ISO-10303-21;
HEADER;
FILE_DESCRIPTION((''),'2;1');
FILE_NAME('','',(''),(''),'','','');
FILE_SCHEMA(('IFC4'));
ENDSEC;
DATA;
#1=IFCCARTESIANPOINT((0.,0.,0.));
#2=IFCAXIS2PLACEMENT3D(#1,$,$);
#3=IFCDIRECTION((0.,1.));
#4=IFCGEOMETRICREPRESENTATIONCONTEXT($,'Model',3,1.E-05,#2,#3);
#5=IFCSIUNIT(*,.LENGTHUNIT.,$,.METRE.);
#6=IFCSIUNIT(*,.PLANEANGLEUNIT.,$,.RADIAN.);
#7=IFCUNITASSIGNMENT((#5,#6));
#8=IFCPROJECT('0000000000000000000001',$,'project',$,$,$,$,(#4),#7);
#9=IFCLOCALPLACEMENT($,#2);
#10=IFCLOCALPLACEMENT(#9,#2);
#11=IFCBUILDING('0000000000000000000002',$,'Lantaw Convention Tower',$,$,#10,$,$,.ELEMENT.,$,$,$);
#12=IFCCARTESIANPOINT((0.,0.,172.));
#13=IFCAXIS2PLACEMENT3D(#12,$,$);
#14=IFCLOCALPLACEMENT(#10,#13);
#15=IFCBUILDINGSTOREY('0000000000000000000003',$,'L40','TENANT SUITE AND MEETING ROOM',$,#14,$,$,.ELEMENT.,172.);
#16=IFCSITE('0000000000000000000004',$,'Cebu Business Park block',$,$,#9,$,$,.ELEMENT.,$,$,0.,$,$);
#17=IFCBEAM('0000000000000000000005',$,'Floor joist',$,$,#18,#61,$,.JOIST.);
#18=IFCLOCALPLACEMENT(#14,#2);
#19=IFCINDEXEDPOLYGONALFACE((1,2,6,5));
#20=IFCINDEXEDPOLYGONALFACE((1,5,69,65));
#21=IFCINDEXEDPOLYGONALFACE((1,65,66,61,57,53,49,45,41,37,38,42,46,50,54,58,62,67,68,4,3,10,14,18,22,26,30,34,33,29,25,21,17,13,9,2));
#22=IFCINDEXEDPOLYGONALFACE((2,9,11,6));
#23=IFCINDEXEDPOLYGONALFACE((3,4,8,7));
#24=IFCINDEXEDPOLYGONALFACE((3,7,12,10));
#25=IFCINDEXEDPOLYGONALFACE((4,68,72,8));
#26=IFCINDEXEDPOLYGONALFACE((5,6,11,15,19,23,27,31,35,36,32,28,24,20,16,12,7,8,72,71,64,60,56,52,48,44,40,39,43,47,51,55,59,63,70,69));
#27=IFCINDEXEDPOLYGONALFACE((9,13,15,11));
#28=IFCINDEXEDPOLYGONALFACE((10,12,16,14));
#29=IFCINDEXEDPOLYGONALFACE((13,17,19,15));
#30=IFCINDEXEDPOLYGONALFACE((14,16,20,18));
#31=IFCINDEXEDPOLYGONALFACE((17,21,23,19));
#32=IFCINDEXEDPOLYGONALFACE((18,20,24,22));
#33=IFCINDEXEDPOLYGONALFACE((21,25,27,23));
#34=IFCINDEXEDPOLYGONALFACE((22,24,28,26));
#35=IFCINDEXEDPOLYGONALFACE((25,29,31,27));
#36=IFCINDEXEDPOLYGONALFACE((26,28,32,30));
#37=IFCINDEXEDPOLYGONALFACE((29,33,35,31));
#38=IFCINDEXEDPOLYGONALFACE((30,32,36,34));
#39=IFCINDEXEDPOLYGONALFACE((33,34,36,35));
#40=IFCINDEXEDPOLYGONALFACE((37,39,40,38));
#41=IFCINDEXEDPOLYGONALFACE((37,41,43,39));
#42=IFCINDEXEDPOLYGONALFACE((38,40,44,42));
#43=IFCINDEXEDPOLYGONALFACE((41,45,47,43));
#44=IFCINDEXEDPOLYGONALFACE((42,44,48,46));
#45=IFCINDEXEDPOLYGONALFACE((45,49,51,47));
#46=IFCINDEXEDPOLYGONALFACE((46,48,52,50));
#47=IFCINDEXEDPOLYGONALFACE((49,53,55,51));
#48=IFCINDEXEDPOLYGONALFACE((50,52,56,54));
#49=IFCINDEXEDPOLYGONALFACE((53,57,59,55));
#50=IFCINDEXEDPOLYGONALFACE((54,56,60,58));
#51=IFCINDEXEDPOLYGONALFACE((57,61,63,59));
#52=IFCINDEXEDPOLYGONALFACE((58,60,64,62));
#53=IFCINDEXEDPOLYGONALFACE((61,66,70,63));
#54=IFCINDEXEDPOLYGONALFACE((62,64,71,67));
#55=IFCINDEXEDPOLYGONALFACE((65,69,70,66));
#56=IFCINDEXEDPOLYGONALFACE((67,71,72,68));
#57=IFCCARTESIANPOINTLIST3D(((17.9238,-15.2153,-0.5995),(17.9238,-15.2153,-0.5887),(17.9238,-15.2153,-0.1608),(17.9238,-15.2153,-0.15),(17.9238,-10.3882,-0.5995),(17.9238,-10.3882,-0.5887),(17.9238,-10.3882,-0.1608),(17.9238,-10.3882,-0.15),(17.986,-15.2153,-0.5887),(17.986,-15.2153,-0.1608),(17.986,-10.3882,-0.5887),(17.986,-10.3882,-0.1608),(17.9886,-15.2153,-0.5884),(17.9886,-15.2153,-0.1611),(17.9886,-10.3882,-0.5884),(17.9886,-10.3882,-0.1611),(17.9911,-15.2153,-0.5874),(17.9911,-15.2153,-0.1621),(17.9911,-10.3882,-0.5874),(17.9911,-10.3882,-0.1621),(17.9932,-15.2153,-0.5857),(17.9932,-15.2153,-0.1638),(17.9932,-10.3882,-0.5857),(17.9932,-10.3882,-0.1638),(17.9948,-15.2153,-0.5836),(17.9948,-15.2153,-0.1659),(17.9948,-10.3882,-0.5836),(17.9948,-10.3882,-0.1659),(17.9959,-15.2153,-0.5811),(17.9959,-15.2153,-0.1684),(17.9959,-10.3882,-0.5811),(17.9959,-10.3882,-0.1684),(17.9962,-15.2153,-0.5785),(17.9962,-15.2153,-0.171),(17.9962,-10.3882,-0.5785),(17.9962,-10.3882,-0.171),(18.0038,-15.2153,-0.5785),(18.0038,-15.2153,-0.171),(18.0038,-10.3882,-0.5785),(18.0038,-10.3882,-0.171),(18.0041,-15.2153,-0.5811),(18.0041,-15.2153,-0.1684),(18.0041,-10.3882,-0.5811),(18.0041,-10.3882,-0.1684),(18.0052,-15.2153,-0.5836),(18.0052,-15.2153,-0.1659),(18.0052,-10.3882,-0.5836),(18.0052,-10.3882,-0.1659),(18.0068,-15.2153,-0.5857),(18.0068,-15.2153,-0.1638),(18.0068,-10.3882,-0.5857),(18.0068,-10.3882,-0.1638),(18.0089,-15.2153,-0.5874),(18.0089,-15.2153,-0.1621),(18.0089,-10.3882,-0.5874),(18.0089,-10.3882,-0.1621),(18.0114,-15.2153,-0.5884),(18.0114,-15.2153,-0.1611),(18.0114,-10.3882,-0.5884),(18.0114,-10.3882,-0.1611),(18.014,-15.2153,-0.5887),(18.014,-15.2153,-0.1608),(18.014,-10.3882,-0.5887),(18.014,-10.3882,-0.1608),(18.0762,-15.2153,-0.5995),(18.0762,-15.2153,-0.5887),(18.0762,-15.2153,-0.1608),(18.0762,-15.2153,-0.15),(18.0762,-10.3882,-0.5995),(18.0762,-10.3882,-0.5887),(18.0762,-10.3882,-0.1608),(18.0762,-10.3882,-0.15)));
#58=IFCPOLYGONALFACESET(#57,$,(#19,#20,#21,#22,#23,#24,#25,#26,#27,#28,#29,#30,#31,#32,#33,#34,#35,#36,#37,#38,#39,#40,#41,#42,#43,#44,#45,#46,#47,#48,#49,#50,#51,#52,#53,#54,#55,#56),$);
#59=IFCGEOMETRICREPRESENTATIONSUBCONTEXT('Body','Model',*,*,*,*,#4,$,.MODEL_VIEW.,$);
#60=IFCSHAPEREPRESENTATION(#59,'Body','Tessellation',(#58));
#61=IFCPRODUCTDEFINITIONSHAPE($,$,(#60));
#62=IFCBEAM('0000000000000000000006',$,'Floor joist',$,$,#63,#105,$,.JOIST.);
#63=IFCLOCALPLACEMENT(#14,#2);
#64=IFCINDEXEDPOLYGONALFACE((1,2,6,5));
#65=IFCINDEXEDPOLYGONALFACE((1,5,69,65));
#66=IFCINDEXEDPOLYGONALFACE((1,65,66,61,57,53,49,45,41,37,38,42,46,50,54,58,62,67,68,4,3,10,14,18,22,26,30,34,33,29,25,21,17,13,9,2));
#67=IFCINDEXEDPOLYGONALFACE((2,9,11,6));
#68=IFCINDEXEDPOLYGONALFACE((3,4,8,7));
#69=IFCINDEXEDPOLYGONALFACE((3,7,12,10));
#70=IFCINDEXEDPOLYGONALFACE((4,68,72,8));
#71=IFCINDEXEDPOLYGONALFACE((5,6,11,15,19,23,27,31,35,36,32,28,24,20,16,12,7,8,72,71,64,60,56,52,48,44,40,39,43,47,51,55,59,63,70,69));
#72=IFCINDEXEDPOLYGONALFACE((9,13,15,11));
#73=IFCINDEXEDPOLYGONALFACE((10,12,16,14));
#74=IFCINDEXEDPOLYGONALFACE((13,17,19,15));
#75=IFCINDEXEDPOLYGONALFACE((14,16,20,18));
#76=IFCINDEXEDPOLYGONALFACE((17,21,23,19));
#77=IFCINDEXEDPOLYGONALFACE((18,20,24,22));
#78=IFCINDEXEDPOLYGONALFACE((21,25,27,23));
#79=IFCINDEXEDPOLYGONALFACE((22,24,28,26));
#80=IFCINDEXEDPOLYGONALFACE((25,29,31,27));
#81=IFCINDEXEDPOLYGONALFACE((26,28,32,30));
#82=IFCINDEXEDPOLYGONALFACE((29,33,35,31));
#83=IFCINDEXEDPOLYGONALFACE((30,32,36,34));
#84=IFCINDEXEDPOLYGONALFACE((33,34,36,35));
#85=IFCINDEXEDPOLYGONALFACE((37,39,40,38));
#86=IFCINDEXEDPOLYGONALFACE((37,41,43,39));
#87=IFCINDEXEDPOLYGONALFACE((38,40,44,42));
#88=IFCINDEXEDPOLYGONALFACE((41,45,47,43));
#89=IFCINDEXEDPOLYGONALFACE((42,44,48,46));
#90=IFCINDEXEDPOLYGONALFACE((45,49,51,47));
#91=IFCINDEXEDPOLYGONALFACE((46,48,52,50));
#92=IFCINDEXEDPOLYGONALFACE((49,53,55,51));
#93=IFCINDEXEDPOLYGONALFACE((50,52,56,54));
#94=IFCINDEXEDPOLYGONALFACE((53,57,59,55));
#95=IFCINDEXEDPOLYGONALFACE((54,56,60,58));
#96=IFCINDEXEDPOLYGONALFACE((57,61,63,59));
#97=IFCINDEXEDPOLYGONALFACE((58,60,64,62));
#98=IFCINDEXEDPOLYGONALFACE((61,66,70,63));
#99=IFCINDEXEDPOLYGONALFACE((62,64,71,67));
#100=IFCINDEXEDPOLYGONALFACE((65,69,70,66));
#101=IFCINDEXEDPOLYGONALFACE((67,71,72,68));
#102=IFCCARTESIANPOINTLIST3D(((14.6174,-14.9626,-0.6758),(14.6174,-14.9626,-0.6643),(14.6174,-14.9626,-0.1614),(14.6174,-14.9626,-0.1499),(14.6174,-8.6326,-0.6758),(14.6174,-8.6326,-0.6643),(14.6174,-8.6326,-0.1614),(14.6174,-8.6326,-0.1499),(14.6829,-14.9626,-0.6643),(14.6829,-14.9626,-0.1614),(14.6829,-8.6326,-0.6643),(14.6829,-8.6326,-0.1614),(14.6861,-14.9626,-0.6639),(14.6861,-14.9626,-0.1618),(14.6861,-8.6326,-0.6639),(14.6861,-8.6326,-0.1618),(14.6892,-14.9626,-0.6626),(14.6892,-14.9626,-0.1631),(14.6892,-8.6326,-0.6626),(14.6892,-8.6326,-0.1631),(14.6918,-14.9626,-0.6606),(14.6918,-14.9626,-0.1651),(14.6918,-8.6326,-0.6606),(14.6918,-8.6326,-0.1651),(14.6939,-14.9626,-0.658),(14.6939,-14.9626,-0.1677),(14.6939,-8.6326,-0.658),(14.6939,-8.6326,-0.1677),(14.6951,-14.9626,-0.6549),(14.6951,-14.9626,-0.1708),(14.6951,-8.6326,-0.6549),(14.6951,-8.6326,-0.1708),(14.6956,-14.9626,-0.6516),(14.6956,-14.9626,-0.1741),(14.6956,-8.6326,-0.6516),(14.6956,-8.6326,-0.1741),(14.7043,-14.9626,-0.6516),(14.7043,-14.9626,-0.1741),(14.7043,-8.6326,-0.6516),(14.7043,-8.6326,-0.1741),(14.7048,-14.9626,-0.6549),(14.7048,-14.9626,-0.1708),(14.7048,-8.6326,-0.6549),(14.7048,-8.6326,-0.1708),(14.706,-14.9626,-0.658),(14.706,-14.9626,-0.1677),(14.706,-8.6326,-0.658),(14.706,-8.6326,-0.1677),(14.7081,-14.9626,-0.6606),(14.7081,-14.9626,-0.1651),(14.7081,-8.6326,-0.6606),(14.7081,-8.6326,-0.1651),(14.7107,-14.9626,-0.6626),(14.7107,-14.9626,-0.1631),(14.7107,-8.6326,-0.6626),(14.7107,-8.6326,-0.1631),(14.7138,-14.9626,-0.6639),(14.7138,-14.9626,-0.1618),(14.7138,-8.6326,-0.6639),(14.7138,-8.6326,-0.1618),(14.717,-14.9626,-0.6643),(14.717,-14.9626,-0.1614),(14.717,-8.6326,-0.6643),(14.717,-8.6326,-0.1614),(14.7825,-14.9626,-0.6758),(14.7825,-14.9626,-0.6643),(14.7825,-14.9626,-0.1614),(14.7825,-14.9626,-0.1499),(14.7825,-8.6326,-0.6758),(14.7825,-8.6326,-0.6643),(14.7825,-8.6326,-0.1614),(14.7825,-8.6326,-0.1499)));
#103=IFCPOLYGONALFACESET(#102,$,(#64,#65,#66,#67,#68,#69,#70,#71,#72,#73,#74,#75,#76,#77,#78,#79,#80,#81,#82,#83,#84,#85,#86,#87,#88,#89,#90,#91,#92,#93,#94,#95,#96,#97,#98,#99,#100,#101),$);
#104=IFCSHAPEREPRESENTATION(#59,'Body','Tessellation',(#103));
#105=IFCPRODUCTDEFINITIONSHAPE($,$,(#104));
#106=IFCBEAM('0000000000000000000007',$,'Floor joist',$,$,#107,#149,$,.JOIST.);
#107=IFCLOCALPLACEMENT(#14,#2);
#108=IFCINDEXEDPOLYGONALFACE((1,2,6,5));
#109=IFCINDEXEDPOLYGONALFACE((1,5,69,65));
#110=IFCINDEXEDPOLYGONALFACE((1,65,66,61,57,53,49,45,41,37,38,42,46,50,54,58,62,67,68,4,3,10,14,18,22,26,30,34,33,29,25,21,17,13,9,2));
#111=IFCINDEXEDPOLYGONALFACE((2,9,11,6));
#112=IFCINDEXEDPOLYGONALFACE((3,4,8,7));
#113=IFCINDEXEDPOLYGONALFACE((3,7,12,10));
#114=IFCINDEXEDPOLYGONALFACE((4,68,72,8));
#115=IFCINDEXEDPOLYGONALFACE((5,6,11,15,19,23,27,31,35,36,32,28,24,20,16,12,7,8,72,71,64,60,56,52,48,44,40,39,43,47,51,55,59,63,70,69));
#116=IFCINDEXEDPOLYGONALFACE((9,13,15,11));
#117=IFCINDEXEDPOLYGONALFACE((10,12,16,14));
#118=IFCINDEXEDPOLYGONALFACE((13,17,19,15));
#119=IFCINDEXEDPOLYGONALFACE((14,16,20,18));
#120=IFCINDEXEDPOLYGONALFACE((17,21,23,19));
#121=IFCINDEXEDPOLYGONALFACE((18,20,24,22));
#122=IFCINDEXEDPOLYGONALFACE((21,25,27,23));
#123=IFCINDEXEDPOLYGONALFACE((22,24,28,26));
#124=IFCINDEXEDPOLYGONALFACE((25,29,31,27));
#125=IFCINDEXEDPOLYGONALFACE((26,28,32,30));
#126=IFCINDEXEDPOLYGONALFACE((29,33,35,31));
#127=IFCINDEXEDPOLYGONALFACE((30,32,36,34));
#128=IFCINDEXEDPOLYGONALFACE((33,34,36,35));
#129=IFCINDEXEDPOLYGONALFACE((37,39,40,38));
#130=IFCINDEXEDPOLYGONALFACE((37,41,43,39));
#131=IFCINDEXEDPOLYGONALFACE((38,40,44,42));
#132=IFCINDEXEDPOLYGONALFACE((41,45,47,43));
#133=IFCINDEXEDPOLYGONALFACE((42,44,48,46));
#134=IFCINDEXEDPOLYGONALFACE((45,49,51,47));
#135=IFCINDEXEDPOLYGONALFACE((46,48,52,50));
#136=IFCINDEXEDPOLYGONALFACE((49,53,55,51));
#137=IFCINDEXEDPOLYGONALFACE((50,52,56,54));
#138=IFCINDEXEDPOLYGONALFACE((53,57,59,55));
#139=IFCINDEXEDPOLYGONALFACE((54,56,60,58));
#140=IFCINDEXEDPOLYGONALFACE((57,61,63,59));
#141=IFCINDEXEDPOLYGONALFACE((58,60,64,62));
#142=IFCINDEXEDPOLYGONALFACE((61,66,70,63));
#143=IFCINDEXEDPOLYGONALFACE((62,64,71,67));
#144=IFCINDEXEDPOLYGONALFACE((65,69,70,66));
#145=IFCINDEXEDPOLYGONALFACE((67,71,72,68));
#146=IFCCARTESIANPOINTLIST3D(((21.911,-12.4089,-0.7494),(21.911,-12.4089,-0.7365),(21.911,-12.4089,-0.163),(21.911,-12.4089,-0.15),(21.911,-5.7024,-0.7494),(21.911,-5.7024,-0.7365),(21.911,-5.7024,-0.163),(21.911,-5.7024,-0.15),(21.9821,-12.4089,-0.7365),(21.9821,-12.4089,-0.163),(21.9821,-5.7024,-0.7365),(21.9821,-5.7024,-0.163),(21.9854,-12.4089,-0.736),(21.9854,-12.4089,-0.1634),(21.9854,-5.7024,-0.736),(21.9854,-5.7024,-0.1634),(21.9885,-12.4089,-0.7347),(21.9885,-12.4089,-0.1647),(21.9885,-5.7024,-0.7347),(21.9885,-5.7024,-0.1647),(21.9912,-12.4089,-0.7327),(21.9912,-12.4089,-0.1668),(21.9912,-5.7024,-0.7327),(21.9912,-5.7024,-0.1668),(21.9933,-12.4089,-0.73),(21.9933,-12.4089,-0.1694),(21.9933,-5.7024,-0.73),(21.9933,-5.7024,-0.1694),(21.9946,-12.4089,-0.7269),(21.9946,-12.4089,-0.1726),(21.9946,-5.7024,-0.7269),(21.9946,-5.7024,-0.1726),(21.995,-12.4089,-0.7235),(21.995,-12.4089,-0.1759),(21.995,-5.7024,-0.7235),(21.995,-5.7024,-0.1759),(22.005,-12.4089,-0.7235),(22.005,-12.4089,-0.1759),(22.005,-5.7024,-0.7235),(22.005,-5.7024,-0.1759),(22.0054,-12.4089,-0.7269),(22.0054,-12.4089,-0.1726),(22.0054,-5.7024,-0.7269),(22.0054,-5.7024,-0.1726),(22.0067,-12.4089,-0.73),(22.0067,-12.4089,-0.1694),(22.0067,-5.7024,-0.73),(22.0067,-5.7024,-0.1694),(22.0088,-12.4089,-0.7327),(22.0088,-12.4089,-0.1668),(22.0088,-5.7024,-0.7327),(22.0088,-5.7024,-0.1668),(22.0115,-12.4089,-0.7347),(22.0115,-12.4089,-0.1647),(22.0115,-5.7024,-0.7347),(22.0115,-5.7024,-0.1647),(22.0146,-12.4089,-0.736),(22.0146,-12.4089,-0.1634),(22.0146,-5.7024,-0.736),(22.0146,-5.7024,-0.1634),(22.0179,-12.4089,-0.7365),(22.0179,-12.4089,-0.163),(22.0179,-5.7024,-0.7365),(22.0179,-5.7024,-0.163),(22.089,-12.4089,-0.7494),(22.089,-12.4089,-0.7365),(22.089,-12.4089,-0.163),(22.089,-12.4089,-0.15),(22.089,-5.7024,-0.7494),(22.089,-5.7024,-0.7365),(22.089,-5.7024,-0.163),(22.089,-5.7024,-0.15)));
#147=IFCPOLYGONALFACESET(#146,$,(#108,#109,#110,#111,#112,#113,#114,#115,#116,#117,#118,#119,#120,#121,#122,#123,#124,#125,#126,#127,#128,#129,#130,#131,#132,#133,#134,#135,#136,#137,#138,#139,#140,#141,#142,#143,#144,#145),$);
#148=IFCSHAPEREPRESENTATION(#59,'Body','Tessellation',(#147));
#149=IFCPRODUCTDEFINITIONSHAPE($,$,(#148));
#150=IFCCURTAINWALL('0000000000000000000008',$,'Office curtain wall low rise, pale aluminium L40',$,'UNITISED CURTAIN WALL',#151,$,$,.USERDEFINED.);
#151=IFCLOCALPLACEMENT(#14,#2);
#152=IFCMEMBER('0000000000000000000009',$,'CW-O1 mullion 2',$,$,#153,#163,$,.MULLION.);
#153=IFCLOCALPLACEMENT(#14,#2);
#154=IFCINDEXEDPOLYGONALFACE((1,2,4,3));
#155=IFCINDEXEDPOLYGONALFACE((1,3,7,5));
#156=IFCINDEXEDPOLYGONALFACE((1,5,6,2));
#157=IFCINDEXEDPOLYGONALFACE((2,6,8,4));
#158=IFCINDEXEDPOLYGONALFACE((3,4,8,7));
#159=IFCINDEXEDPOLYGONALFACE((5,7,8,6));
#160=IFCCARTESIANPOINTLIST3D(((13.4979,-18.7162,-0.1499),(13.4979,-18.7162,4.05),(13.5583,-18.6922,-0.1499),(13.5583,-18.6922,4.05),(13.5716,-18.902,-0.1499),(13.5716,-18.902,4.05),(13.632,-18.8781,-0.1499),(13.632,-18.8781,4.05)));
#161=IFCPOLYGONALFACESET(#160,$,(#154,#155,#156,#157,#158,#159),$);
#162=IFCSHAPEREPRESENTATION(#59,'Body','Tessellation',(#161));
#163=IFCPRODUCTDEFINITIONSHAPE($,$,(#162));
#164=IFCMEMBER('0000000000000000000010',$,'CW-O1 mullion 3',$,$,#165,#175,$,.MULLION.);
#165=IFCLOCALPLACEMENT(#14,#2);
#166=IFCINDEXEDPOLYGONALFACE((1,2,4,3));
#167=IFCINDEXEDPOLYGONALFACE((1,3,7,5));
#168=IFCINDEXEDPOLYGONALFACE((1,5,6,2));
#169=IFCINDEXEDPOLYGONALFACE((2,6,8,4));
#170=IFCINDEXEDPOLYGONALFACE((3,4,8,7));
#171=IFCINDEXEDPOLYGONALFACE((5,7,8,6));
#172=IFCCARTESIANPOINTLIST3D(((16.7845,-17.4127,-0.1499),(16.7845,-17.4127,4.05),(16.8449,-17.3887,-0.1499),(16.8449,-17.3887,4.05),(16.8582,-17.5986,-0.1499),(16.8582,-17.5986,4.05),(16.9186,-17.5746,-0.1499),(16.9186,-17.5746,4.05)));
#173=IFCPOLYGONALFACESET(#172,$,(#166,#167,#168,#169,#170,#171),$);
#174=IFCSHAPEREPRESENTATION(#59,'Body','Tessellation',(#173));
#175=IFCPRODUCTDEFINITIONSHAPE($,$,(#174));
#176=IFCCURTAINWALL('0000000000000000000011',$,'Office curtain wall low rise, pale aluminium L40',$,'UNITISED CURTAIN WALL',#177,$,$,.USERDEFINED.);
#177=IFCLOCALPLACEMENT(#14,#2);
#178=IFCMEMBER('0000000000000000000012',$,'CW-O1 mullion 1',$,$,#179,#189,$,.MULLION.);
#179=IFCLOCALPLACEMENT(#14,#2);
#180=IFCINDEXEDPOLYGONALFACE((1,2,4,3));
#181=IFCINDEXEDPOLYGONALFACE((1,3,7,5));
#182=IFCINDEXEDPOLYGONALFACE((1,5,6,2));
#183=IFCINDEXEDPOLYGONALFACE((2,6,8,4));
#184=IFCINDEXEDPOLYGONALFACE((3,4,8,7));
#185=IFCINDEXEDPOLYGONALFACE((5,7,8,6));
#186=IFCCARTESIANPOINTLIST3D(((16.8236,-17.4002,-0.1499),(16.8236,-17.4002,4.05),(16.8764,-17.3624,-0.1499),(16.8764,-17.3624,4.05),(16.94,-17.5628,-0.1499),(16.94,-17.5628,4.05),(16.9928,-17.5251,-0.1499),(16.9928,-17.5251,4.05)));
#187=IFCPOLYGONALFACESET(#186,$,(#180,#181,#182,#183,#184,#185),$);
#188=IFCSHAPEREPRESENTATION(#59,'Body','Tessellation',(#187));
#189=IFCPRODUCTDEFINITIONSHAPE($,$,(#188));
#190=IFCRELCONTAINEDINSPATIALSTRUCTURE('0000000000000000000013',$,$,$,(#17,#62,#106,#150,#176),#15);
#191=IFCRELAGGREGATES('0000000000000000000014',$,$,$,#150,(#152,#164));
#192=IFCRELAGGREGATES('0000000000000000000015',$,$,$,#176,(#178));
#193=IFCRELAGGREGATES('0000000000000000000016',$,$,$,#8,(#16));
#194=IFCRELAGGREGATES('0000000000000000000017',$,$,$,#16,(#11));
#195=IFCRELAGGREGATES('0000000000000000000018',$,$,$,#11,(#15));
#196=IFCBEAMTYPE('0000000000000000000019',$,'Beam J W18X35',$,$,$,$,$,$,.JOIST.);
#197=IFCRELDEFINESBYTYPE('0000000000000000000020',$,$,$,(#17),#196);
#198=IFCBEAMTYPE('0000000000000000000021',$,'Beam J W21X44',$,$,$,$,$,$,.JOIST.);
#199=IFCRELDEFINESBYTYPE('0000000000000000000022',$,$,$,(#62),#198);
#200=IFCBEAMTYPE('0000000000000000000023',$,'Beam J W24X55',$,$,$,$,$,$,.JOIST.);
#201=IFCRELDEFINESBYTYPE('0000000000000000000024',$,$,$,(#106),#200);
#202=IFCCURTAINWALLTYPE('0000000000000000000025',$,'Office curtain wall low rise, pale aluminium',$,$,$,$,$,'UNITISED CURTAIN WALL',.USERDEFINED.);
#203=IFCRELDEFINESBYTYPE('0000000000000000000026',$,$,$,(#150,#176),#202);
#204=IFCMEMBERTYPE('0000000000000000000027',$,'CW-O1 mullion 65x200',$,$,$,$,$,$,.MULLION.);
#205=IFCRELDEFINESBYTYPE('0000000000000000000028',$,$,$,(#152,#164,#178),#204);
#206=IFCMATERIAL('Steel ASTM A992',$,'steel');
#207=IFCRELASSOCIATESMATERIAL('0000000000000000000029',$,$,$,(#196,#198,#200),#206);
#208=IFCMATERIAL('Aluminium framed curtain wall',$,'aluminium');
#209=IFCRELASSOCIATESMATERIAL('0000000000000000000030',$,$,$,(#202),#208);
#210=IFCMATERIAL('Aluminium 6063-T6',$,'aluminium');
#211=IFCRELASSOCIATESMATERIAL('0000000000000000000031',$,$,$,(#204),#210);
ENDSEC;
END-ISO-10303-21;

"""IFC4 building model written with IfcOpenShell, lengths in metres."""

from ifc_helpers import new_model, si_unit, direction, frame, origin, origin_2d, place, context, subcontext, project, spatial, rectangle, i_section, extrude, material, material_profile, profile_set, type_object, element, aggregate, save


model = new_model("IFC4")

# Units and contexts
model_context = context("Model", 3, precision=1e-05, world=origin(), true_north=direction((0.0, 1.0)))
body_context = subcontext(model_context, "Body", "Model", "MODEL_VIEW")
ifc_project = project(units=[si_unit("LENGTHUNIT", "METRE"), si_unit("PLANEANGLEUNIT", "RADIAN")], contexts=[model_context])

# Site, building, storey
site_placement = place(None, origin())
site = spatial("IfcSite", under=ifc_project, at=site_placement, Name="Cebu Business Park block", CompositionType="ELEMENT", RefElevation=0.0)
building_placement = place(site_placement, origin())
building = spatial("IfcBuilding", under=site, at=building_placement, Name="Lantaw Convention Tower", CompositionType="ELEMENT")
storey_placement = place(building_placement, frame((0.0, 0.0, 172.0)))
storey = spatial("IfcBuildingStorey", under=building, at=storey_placement, Name="L40", Description="TENANT SUITE AND MEETING ROOM", CompositionType="ELEMENT", Elevation=172.0)

# Beams
ifc_material_1 = material(Name="Steel ASTM A992", Category="steel")
ifc_material_profile_1 = material_profile(ifc_material_1, i_section(OverallWidth=0.1523, OverallDepth=0.4495, WebThickness=0.0076, FlangeThickness=0.0107, FilletRadius=0.0103, at=origin_2d()), Name="W18X35")
ifc_profile_set_1 = profile_set([ifc_material_profile_1], Name="Steel ASTM A992")
beam_type_1 = type_object("IfcBeamType", Name="Beam J W18X35", PredefinedType="JOIST", material=ifc_profile_set_1)
beam_1_placement = place(storey_placement, frame((18.0, -15.2153, -0.3748), z_axis=(0.0, 1.0, 0.0), x_axis=(-1.0, 0.0, 0.0)))
element("IfcBeam", 1, at=beam_1_placement, inside=storey, type_object=beam_type_1, Name="Floor joist", PredefinedType="JOIST", context=body_context, shape_type="SweptSolid", body=[
    extrude(i_section(OverallWidth=0.1523, OverallDepth=0.4495, WebThickness=0.0076, FlangeThickness=0.0107, FilletRadius=0.0103, at=origin_2d()), origin(), (0.0, 0.0, 1.0), 4.8271),
])
ifc_material_profile_2 = material_profile(ifc_material_1, i_section(OverallWidth=0.165, OverallDepth=0.5259, WebThickness=0.0088, FlangeThickness=0.0115, FilletRadius=0.0127, at=origin_2d()), Name="W21X44")
ifc_profile_set_2 = profile_set([ifc_material_profile_2], Name="Steel ASTM A992")
beam_type_2 = type_object("IfcBeamType", Name="Beam J W21X44", PredefinedType="JOIST", material=ifc_profile_set_2)
beam_2_placement = place(storey_placement, frame((14.7, -14.9626, -0.4128), z_axis=(0.0, 1.0, 0.0), x_axis=(-1.0, 0.0, 0.0)))
element("IfcBeam", 2, at=beam_2_placement, inside=storey, type_object=beam_type_2, Name="Floor joist", PredefinedType="JOIST", context=body_context, shape_type="SweptSolid", body=[
    extrude(i_section(OverallWidth=0.165, OverallDepth=0.5259, WebThickness=0.0088, FlangeThickness=0.0115, FilletRadius=0.0127, at=origin_2d()), origin(), (0.0, 0.0, 1.0), 6.3301),
])
ifc_material_profile_3 = material_profile(ifc_material_1, i_section(OverallWidth=0.178, OverallDepth=0.5994, WebThickness=0.01, FlangeThickness=0.0129, FilletRadius=0.0129, at=origin_2d()), Name="W24X55")
ifc_profile_set_3 = profile_set([ifc_material_profile_3], Name="Steel ASTM A992")
beam_type_3 = type_object("IfcBeamType", Name="Beam J W24X55", PredefinedType="JOIST", material=ifc_profile_set_3)
beam_3_placement = place(storey_placement, frame((22.0, -12.4089, -0.4497), z_axis=(0.0, 1.0, 0.0), x_axis=(-1.0, 0.0, 0.0)))
element("IfcBeam", 3, at=beam_3_placement, inside=storey, type_object=beam_type_3, Name="Floor joist", PredefinedType="JOIST", context=body_context, shape_type="SweptSolid", body=[
    extrude(i_section(OverallWidth=0.178, OverallDepth=0.5994, WebThickness=0.01, FlangeThickness=0.0129, FilletRadius=0.0129, at=origin_2d()), origin(), (0.0, 0.0, 1.0), 6.7065),
])

# Curtain walls, members
ifc_material_2 = material(Name="Aluminium framed curtain wall", Category="aluminium")
curtain_wall_type = type_object("IfcCurtainWallType", Name="Office curtain wall low rise, pale aluminium", ElementType="UNITISED CURTAIN WALL", PredefinedType="USERDEFINED", material=ifc_material_2)
curtain_wall_1_placement = place(storey_placement, origin())
curtain_wall_1 = element("IfcCurtainWall", 4, at=curtain_wall_1_placement, inside=storey, type_object=curtain_wall_type, Name="Office curtain wall low rise, pale aluminium L40", ObjectType="UNITISED CURTAIN WALL", PredefinedType="USERDEFINED")
ifc_material_3 = material(Name="Aluminium 6063-T6", Category="aluminium")
ifc_material_profile_4 = material_profile(ifc_material_3, rectangle(XDim=0.2, YDim=0.0649, at=origin_2d()), Name="CW-O1 mullion 65x200")
ifc_profile_set_4 = profile_set([ifc_material_profile_4], Name="Aluminium 6063-T6")
member_type_1 = type_object("IfcMemberType", Name="CW-O1 mullion 65x200", PredefinedType="MULLION", material=ifc_profile_set_4)
member_1_placement = place(storey_placement, frame((13.5649, -18.7971, -0.1499), z_axis=(0.0, 0.0, 1.0), x_axis=(-0.368702, 0.929548, 0.0)))
member_1 = element("IfcMember", 5, at=member_1_placement, type_object=member_type_1, Name="CW-O1 mullion 2", PredefinedType="MULLION", context=body_context, shape_type="SweptSolid", body=[
    extrude(rectangle(XDim=0.2, YDim=0.0649, at=origin_2d()), origin(), (0.0, 0.0, 1.0), 4.2),
])
member_2_placement = place(storey_placement, frame((16.8516, -17.4937, -0.1499), z_axis=(0.0, 0.0, 1.0), x_axis=(-0.368702, 0.929548, 0.0)))
member_2 = element("IfcMember", 6, at=member_2_placement, type_object=member_type_1, Name="CW-O1 mullion 3", PredefinedType="MULLION", context=body_context, shape_type="SweptSolid", body=[
    extrude(rectangle(XDim=0.2, YDim=0.0649, at=origin_2d()), origin(), (0.0, 0.0, 1.0), 4.2),
])
curtain_wall_2_placement = place(storey_placement, origin())
curtain_wall_2 = element("IfcCurtainWall", 7, at=curtain_wall_2_placement, inside=storey, type_object=curtain_wall_type, Name="Office curtain wall low rise, pale aluminium L40", ObjectType="UNITISED CURTAIN WALL", PredefinedType="USERDEFINED")
member_3_placement = place(storey_placement, frame((16.9082, -17.4626, -0.1499), z_axis=(0.0, 0.0, 1.0), x_axis=(-0.581973, 0.813208, 0.0)))
member_3 = element("IfcMember", 8, at=member_3_placement, type_object=member_type_1, Name="CW-O1 mullion 1", PredefinedType="MULLION", context=body_context, shape_type="SweptSolid", body=[
    extrude(rectangle(XDim=0.2, YDim=0.0649, at=origin_2d()), origin(), (0.0, 0.0, 1.0), 4.2),
])

aggregate(curtain_wall_1, [member_1, member_2])
aggregate(curtain_wall_2, [member_3])

save(model, "model.ifc")
